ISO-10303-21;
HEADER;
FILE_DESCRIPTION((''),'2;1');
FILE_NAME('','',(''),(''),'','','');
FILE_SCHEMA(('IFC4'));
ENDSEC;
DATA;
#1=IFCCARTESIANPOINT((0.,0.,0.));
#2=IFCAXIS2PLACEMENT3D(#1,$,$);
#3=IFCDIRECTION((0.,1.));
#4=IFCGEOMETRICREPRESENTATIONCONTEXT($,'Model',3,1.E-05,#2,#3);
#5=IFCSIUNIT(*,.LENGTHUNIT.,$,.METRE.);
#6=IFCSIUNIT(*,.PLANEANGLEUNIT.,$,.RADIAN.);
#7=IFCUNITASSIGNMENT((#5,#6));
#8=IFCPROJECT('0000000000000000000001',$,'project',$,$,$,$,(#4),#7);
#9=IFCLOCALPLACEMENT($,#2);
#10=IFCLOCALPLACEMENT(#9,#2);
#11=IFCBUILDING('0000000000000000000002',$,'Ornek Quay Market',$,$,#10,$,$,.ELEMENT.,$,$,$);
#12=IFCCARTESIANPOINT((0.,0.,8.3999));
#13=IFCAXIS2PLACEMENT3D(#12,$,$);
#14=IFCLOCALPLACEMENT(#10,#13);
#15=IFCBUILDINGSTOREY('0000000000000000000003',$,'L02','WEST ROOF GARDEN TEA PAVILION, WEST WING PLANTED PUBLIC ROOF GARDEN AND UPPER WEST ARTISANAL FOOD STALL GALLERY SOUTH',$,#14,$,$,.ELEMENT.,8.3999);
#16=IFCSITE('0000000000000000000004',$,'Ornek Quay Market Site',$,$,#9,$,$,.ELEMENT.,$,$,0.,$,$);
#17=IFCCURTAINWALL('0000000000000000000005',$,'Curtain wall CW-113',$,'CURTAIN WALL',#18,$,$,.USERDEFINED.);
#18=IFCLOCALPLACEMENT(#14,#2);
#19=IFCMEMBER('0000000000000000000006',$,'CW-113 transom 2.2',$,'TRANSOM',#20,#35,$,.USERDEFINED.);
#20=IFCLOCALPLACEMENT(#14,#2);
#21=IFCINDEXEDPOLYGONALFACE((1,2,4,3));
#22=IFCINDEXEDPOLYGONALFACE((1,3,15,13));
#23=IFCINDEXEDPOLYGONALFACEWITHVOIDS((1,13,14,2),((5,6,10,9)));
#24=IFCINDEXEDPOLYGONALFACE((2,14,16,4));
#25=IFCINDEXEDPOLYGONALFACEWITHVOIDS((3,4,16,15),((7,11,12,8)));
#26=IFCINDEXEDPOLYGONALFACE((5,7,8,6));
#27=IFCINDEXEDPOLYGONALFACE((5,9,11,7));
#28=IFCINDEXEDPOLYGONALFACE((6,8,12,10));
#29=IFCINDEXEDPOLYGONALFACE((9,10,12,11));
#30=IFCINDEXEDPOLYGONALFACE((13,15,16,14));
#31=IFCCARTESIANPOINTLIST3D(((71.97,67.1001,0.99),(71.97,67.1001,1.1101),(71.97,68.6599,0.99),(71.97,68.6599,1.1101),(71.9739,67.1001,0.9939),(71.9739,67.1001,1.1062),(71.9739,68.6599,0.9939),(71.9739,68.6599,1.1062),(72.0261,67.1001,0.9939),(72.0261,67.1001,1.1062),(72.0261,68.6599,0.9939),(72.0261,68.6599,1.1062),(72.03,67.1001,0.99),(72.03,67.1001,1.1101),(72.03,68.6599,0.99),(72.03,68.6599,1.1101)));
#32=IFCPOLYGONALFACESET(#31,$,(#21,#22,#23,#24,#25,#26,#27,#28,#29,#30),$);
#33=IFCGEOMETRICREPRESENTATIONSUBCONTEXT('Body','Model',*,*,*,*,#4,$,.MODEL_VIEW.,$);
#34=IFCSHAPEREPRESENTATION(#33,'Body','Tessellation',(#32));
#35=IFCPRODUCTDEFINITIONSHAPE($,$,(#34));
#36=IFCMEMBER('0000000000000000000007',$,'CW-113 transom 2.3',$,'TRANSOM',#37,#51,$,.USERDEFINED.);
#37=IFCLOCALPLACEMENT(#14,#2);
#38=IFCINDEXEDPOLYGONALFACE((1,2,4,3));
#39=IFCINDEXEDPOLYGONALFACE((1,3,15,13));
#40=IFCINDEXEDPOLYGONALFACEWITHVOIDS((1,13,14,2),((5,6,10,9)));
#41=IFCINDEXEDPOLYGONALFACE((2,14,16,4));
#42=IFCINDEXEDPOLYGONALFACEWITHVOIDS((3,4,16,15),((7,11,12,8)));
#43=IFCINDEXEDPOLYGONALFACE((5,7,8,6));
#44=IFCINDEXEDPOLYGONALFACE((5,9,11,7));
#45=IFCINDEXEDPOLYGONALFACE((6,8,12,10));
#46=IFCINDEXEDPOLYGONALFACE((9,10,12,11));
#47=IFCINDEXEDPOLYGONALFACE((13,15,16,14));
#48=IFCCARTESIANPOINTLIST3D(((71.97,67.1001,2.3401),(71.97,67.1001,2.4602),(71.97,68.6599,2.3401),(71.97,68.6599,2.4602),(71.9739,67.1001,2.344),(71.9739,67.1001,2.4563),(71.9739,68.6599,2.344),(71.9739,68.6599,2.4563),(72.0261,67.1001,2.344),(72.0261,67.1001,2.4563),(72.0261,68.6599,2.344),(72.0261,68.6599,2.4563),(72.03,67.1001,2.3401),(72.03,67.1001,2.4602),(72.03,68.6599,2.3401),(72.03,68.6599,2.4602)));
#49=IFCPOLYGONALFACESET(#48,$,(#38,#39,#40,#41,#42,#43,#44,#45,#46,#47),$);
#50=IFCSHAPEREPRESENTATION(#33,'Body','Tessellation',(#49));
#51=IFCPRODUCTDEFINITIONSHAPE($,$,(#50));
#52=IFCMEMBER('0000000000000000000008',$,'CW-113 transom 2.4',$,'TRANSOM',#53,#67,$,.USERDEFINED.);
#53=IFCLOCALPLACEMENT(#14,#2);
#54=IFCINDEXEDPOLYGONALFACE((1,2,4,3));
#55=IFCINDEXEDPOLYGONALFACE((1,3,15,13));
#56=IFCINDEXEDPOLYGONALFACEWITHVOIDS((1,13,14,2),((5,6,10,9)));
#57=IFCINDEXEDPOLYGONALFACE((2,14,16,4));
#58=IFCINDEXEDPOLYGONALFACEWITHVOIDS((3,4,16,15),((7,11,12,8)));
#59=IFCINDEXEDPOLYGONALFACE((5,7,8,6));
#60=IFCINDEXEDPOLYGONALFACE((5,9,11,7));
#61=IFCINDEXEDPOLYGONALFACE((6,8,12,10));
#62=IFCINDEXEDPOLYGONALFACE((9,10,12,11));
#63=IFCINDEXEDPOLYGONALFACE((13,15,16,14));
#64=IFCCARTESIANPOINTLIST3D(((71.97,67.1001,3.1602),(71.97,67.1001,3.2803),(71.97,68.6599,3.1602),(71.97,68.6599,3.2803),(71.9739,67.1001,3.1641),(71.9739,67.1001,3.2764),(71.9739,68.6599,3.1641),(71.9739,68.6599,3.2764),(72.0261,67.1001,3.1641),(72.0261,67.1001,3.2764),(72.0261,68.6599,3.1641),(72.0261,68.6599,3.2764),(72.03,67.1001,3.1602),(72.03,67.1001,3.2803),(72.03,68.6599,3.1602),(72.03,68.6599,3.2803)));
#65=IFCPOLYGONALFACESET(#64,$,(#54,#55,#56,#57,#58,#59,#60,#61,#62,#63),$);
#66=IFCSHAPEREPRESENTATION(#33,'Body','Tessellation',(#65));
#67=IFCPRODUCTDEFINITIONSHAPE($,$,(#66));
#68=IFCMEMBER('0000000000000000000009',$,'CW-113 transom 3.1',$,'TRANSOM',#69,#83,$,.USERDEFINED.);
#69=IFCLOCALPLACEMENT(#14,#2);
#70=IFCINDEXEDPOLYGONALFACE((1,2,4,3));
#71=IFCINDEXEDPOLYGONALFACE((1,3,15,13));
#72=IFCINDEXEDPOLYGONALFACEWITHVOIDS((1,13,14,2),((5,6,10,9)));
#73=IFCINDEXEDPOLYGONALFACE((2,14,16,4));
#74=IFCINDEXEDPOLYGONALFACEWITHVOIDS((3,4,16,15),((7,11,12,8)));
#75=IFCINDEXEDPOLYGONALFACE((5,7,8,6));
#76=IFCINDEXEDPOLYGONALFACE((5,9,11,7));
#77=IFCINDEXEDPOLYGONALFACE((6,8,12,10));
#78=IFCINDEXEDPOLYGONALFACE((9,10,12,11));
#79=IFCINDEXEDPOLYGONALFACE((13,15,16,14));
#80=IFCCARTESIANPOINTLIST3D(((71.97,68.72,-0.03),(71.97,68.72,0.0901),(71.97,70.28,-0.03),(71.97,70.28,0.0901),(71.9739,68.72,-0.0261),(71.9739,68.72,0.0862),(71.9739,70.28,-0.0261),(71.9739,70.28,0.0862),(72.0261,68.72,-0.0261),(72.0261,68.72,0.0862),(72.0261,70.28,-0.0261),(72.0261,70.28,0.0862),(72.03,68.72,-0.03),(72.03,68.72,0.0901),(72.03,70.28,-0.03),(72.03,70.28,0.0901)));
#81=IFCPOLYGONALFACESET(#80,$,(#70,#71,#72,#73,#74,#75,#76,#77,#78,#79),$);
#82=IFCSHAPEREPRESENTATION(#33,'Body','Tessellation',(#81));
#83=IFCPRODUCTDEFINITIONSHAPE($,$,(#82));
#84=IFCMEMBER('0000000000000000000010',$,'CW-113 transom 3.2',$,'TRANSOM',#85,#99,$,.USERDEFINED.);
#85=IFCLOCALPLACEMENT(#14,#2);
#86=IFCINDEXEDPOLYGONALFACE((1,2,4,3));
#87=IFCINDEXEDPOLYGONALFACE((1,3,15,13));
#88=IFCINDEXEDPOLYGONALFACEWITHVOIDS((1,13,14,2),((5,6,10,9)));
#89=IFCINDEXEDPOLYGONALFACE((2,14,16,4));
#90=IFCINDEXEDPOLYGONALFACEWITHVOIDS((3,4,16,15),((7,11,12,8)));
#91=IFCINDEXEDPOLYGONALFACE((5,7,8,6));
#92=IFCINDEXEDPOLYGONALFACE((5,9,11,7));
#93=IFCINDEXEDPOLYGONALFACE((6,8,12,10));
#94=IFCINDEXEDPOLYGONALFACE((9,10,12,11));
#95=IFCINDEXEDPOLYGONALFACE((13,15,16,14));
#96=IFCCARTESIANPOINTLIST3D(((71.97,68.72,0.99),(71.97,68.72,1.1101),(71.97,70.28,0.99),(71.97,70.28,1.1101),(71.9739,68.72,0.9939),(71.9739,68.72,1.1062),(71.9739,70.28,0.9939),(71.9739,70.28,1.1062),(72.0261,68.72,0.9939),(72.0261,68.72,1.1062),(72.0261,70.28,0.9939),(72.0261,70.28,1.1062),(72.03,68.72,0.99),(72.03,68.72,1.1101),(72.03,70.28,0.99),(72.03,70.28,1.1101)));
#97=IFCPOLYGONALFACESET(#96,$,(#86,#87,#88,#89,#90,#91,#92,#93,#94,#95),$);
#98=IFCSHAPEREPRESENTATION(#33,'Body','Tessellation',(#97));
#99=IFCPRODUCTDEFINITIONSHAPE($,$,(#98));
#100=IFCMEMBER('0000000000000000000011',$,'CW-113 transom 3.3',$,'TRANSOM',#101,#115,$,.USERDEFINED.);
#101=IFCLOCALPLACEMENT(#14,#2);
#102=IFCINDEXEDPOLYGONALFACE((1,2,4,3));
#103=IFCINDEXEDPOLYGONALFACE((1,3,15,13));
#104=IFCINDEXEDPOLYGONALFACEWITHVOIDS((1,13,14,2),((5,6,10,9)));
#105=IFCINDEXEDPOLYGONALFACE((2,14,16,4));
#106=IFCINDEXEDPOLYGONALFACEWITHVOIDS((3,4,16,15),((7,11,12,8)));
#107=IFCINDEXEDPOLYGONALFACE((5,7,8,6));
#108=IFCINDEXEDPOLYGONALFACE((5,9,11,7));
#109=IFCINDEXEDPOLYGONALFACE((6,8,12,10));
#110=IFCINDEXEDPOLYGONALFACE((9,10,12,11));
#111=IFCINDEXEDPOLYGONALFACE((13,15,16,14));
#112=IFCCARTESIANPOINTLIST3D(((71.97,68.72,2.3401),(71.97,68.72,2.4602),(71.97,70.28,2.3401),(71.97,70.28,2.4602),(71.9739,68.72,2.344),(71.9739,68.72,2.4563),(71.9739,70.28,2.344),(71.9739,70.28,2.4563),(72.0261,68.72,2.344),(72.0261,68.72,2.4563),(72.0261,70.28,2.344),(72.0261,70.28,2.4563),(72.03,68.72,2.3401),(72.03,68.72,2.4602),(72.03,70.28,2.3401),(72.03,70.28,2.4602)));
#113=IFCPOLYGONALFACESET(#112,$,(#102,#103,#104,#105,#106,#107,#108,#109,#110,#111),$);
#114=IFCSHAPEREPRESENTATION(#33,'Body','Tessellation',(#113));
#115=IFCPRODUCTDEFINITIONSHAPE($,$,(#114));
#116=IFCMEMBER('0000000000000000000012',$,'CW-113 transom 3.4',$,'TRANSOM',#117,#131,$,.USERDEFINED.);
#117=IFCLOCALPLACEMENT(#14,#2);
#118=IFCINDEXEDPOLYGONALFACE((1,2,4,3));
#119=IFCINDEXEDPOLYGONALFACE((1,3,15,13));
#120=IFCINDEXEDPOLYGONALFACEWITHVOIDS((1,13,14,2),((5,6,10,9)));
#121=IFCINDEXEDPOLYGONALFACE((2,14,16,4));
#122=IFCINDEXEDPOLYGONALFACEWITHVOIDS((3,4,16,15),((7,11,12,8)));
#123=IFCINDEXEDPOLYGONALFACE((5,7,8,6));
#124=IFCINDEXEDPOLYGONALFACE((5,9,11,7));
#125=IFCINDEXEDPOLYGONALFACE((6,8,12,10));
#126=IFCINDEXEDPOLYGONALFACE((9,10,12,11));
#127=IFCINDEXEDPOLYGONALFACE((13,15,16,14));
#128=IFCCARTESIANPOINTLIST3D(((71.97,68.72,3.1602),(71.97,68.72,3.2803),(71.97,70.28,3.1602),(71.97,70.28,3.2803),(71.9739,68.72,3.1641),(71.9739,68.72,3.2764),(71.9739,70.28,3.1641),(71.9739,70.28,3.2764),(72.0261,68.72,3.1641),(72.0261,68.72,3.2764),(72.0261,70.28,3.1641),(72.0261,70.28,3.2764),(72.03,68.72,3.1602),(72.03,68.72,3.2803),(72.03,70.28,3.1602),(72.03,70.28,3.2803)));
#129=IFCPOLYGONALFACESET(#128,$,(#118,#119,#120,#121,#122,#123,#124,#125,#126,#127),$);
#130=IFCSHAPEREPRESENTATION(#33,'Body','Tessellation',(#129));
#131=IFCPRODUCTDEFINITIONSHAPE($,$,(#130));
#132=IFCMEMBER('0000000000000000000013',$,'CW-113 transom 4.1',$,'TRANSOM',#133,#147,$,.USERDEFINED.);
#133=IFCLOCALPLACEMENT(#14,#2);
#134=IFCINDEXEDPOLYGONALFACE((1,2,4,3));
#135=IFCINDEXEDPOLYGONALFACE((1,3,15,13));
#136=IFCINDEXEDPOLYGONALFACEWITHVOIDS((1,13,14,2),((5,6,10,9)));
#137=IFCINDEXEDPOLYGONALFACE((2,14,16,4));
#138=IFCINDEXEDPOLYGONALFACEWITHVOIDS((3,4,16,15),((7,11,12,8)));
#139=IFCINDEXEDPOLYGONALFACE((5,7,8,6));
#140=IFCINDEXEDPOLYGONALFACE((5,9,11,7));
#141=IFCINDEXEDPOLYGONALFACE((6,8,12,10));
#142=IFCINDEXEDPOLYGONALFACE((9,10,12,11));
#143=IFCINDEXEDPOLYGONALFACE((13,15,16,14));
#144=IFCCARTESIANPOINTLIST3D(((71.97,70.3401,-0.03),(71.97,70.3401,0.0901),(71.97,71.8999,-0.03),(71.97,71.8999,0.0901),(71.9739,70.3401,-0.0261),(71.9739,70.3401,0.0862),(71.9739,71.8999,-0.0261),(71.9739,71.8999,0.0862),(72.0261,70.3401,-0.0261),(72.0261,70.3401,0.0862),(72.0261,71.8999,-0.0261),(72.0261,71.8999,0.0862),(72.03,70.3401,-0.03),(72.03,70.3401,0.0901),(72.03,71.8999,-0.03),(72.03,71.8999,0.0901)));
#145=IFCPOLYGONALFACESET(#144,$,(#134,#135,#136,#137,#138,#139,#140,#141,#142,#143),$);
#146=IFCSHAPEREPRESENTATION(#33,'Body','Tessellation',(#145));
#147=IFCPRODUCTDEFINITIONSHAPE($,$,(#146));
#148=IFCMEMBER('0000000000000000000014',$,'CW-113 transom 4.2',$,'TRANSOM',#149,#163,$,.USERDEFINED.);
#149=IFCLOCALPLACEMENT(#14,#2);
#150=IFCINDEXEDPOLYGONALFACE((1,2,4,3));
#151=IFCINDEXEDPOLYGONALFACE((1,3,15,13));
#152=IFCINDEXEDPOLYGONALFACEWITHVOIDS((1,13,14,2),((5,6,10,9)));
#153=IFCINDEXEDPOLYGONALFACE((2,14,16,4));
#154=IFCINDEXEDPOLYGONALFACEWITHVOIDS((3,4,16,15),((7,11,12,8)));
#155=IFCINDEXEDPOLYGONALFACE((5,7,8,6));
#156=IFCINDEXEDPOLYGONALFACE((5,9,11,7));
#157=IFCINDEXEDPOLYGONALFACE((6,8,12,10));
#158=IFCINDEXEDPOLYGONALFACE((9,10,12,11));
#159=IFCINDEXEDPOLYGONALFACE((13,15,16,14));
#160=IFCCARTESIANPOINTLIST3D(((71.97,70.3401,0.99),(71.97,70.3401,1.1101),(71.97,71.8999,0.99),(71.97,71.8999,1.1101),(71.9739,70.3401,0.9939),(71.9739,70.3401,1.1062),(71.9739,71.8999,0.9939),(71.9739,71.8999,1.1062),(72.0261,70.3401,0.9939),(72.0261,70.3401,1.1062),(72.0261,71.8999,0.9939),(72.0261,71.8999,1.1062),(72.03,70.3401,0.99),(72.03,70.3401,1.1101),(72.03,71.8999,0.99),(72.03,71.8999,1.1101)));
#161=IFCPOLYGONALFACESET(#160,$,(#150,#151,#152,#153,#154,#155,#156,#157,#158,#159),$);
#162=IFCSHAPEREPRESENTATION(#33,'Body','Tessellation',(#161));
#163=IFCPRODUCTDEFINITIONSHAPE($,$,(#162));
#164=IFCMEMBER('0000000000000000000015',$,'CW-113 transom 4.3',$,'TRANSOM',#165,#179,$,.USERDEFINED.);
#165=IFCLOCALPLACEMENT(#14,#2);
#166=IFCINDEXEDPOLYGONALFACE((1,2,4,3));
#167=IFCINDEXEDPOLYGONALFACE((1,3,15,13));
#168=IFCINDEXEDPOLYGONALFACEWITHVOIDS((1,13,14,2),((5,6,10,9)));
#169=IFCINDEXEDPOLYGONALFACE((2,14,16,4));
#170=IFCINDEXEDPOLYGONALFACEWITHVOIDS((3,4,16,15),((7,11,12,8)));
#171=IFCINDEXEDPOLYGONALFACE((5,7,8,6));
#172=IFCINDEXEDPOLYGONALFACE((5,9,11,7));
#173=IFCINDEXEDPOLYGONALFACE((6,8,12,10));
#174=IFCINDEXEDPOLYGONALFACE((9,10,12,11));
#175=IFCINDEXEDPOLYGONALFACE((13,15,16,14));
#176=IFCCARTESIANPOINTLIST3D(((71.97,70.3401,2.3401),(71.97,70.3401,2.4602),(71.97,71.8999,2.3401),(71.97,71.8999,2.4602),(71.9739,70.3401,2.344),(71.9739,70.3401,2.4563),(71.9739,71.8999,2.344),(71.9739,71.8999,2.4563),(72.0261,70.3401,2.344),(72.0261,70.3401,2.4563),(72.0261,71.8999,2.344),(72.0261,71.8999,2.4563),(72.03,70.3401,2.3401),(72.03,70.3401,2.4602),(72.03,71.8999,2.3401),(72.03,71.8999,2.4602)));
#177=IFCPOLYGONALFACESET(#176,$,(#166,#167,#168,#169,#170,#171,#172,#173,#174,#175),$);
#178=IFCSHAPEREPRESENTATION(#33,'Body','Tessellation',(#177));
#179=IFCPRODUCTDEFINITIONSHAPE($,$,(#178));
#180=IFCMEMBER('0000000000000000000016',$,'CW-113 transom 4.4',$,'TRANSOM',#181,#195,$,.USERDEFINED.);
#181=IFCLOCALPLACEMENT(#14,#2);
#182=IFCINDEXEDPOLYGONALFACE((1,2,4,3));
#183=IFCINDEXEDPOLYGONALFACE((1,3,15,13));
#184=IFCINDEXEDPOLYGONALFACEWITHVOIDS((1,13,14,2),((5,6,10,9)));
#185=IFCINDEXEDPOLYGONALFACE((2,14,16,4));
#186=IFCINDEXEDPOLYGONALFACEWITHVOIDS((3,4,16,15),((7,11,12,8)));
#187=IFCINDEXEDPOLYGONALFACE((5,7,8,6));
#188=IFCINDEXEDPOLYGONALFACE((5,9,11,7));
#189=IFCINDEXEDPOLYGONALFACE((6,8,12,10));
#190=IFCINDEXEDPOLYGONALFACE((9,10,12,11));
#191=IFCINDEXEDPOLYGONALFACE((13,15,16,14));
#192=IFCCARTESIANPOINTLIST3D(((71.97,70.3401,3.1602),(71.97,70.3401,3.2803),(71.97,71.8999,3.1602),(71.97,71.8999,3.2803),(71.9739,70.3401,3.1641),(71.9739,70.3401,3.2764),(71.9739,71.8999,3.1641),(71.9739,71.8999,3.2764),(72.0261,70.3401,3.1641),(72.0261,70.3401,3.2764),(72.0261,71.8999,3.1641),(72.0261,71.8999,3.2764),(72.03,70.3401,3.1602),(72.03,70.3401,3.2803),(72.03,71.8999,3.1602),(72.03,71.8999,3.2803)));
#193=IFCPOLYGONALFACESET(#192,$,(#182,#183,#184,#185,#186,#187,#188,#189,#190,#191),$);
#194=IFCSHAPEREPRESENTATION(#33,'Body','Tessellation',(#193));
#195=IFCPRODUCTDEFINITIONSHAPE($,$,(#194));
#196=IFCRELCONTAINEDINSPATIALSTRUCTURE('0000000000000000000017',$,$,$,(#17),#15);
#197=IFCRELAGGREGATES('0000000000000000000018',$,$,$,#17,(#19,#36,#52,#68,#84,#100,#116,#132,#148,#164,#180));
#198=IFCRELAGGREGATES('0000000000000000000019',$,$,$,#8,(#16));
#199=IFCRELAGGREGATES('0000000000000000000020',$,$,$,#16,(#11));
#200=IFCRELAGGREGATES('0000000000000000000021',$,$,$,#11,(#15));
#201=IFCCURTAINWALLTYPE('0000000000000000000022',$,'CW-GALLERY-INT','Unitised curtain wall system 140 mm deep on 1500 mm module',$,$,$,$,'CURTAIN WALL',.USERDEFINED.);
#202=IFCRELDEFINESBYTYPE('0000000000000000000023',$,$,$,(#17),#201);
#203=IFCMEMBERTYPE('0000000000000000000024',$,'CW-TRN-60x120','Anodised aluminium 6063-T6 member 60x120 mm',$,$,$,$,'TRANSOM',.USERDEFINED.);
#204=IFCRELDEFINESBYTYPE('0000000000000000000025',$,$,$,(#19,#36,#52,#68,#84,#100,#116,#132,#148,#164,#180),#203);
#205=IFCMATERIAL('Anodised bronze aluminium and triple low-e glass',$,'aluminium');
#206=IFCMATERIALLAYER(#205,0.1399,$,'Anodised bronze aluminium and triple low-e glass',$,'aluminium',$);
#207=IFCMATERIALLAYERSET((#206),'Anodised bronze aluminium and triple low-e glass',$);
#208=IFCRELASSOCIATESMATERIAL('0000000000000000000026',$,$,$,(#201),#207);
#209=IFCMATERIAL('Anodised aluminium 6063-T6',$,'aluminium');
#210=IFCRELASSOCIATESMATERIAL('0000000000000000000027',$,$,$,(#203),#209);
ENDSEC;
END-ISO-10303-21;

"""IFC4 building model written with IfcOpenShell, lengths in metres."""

from ifc_helpers import new_model, si_unit, direction, frame, origin, origin_2d, place, context, subcontext, project, spatial, hollow_rectangle, extrude, material, layer, layer_set, material_profile, profile_set, type_object, element, aggregate, save


model = new_model("IFC4")

# Units and contexts
model_context = context("Model", 3, precision=1e-05, world=origin(), true_north=direction((0.0, 1.0)))
body_context = subcontext(model_context, "Body", "Model", "MODEL_VIEW")
ifc_project = project(units=[si_unit("LENGTHUNIT", "METRE"), si_unit("PLANEANGLEUNIT", "RADIAN")], contexts=[model_context])

# Site, building, storey
site_placement = place(None, origin())
site = spatial("IfcSite", under=ifc_project, at=site_placement, Name="Ornek Quay Market Site", CompositionType="ELEMENT", RefElevation=0.0)
building_placement = place(site_placement, origin())
building = spatial("IfcBuilding", under=site, at=building_placement, Name="Ornek Quay Market", CompositionType="ELEMENT")
storey_placement = place(building_placement, frame((0.0, 0.0, 8.3999)))
storey = spatial("IfcBuildingStorey", under=building, at=storey_placement, Name="L02", Description="WEST ROOF GARDEN TEA PAVILION, WEST WING PLANTED PUBLIC ROOF GARDEN AND UPPER WEST ARTISANAL FOOD STALL GALLERY SOUTH", CompositionType="ELEMENT", Elevation=8.3999)

# Shared definitions
ifc_material_1 = material(Name="Anodised bronze aluminium and triple low-e glass", Category="aluminium")
ifc_layer_1 = layer(ifc_material_1, 0.1399, Name="Anodised bronze aluminium and triple low-e glass", Category="aluminium")
ifc_layer_set_1 = layer_set([ifc_layer_1], Name="Anodised bronze aluminium and triple low-e glass")
curtain_wall_type = type_object("IfcCurtainWallType", Name="CW-GALLERY-INT", Description="Unitised curtain wall system 140 mm deep on 1500 mm module", ElementType="CURTAIN WALL", PredefinedType="USERDEFINED", material=ifc_layer_set_1)
ifc_material_2 = material(Name="Anodised aluminium 6063-T6", Category="aluminium")

# Curtain wall, members
curtain_wall_1_placement = place(storey_placement, origin())
curtain_wall_1 = element("IfcCurtainWall", 1, at=curtain_wall_1_placement, inside=storey, type_object=curtain_wall_type, Name="Curtain wall CW-113", ObjectType="CURTAIN WALL", PredefinedType="USERDEFINED")
ifc_material_profile_1 = material_profile(ifc_material_2, hollow_rectangle(XDim=0.0601, YDim=0.1201, WallThickness=0.0039, at=origin_2d()), Name="CW-TRN-60x120", Category="aluminium")
ifc_profile_set_1 = profile_set([ifc_material_profile_1], Name="Anodised aluminium 6063-T6")
member_type_1 = type_object("IfcMemberType", Name="CW-TRN-60x120", Description="Anodised aluminium 6063-T6 member 60x120 mm", ElementType="TRANSOM", PredefinedType="USERDEFINED", material=ifc_profile_set_1)
member_1_placement = place(storey_placement, frame((72.0, 67.1001, 1.05), z_axis=(0.0, 1.0, 0.0), x_axis=(-1.0, 0.0, 0.0)))
member_1 = element("IfcMember", 2, at=member_1_placement, type_object=member_type_1, Name="CW-113 transom 2.2", ObjectType="TRANSOM", PredefinedType="USERDEFINED", context=body_context, shape_type="SweptSolid", body=[
    extrude(hollow_rectangle(XDim=0.0601, YDim=0.1201, WallThickness=0.0039, at=origin_2d()), origin(), (0.0, 0.0, 1.0), 1.5598),
])
member_2_placement = place(storey_placement, frame((72.0, 67.1001, 2.4001), z_axis=(0.0, 1.0, 0.0), x_axis=(-1.0, 0.0, 0.0)))
member_2 = element("IfcMember", 3, at=member_2_placement, type_object=member_type_1, Name="CW-113 transom 2.3", ObjectType="TRANSOM", PredefinedType="USERDEFINED", context=body_context, shape_type="SweptSolid", body=[
    extrude(hollow_rectangle(XDim=0.0601, YDim=0.1201, WallThickness=0.0039, at=origin_2d()), origin(), (0.0, 0.0, 1.0), 1.5598),
])
member_3_placement = place(storey_placement, frame((72.0, 67.1001, 3.2202), z_axis=(0.0, 1.0, 0.0), x_axis=(-1.0, 0.0, 0.0)))
member_3 = element("IfcMember", 4, at=member_3_placement, type_object=member_type_1, Name="CW-113 transom 2.4", ObjectType="TRANSOM", PredefinedType="USERDEFINED", context=body_context, shape_type="SweptSolid", body=[
    extrude(hollow_rectangle(XDim=0.0601, YDim=0.1201, WallThickness=0.0039, at=origin_2d()), origin(), (0.0, 0.0, 1.0), 1.5598),
])
member_4_placement = place(storey_placement, frame((72.0, 68.72, 0.03), z_axis=(0.0, 1.0, 0.0), x_axis=(-1.0, 0.0, 0.0)))
member_4 = element("IfcMember", 5, at=member_4_placement, type_object=member_type_1, Name="CW-113 transom 3.1", ObjectType="TRANSOM", PredefinedType="USERDEFINED", context=body_context, shape_type="SweptSolid", body=[
    extrude(hollow_rectangle(XDim=0.0601, YDim=0.1201, WallThickness=0.0039, at=origin_2d()), origin(), (0.0, 0.0, 1.0), 1.5601),
])
member_5_placement = place(storey_placement, frame((72.0, 68.72, 1.05), z_axis=(0.0, 1.0, 0.0), x_axis=(-1.0, 0.0, 0.0)))
member_5 = element("IfcMember", 6, at=member_5_placement, type_object=member_type_1, Name="CW-113 transom 3.2", ObjectType="TRANSOM", PredefinedType="USERDEFINED", context=body_context, shape_type="SweptSolid", body=[
    extrude(hollow_rectangle(XDim=0.0601, YDim=0.1201, WallThickness=0.0039, at=origin_2d()), origin(), (0.0, 0.0, 1.0), 1.5601),
])
member_6_placement = place(storey_placement, frame((72.0, 68.72, 2.4001), z_axis=(0.0, 1.0, 0.0), x_axis=(-1.0, 0.0, 0.0)))
member_6 = element("IfcMember", 7, at=member_6_placement, type_object=member_type_1, Name="CW-113 transom 3.3", ObjectType="TRANSOM", PredefinedType="USERDEFINED", context=body_context, shape_type="SweptSolid", body=[
    extrude(hollow_rectangle(XDim=0.0601, YDim=0.1201, WallThickness=0.0039, at=origin_2d()), origin(), (0.0, 0.0, 1.0), 1.5601),
])
member_7_placement = place(storey_placement, frame((72.0, 68.72, 3.2202), z_axis=(0.0, 1.0, 0.0), x_axis=(-1.0, 0.0, 0.0)))
member_7 = element("IfcMember", 8, at=member_7_placement, type_object=member_type_1, Name="CW-113 transom 3.4", ObjectType="TRANSOM", PredefinedType="USERDEFINED", context=body_context, shape_type="SweptSolid", body=[
    extrude(hollow_rectangle(XDim=0.0601, YDim=0.1201, WallThickness=0.0039, at=origin_2d()), origin(), (0.0, 0.0, 1.0), 1.5601),
])
member_8_placement = place(storey_placement, frame((72.0, 70.3401, 0.03), z_axis=(0.0, 1.0, 0.0), x_axis=(-1.0, 0.0, 0.0)))
member_8 = element("IfcMember", 9, at=member_8_placement, type_object=member_type_1, Name="CW-113 transom 4.1", ObjectType="TRANSOM", PredefinedType="USERDEFINED", context=body_context, shape_type="SweptSolid", body=[
    extrude(hollow_rectangle(XDim=0.0601, YDim=0.1201, WallThickness=0.0039, at=origin_2d()), origin(), (0.0, 0.0, 1.0), 1.5598),
])
member_9_placement = place(storey_placement, frame((72.0, 70.3401, 1.05), z_axis=(0.0, 1.0, 0.0), x_axis=(-1.0, 0.0, 0.0)))
member_9 = element("IfcMember", 10, at=member_9_placement, type_object=member_type_1, Name="CW-113 transom 4.2", ObjectType="TRANSOM", PredefinedType="USERDEFINED", context=body_context, shape_type="SweptSolid", body=[
    extrude(hollow_rectangle(XDim=0.0601, YDim=0.1201, WallThickness=0.0039, at=origin_2d()), origin(), (0.0, 0.0, 1.0), 1.5598),
])
member_10_placement = place(storey_placement, frame((72.0, 70.3401, 2.4001), z_axis=(0.0, 1.0, 0.0), x_axis=(-1.0, 0.0, 0.0)))
member_10 = element("IfcMember", 11, at=member_10_placement, type_object=member_type_1, Name="CW-113 transom 4.3", ObjectType="TRANSOM", PredefinedType="USERDEFINED", context=body_context, shape_type="SweptSolid", body=[
    extrude(hollow_rectangle(XDim=0.0601, YDim=0.1201, WallThickness=0.0039, at=origin_2d()), origin(), (0.0, 0.0, 1.0), 1.5598),
])
member_11_placement = place(storey_placement, frame((72.0, 70.3401, 3.2202), z_axis=(0.0, 1.0, 0.0), x_axis=(-1.0, 0.0, 0.0)))
member_11 = element("IfcMember", 12, at=member_11_placement, type_object=member_type_1, Name="CW-113 transom 4.4", ObjectType="TRANSOM", PredefinedType="USERDEFINED", context=body_context, shape_type="SweptSolid", body=[
    extrude(hollow_rectangle(XDim=0.0601, YDim=0.1201, WallThickness=0.0039, at=origin_2d()), origin(), (0.0, 0.0, 1.0), 1.5598),
])

aggregate(curtain_wall_1, [member_1, member_2, member_3, member_4, member_5, member_6, member_7, member_8, member_9, member_10, member_11])

save(model, "model.ifc")
